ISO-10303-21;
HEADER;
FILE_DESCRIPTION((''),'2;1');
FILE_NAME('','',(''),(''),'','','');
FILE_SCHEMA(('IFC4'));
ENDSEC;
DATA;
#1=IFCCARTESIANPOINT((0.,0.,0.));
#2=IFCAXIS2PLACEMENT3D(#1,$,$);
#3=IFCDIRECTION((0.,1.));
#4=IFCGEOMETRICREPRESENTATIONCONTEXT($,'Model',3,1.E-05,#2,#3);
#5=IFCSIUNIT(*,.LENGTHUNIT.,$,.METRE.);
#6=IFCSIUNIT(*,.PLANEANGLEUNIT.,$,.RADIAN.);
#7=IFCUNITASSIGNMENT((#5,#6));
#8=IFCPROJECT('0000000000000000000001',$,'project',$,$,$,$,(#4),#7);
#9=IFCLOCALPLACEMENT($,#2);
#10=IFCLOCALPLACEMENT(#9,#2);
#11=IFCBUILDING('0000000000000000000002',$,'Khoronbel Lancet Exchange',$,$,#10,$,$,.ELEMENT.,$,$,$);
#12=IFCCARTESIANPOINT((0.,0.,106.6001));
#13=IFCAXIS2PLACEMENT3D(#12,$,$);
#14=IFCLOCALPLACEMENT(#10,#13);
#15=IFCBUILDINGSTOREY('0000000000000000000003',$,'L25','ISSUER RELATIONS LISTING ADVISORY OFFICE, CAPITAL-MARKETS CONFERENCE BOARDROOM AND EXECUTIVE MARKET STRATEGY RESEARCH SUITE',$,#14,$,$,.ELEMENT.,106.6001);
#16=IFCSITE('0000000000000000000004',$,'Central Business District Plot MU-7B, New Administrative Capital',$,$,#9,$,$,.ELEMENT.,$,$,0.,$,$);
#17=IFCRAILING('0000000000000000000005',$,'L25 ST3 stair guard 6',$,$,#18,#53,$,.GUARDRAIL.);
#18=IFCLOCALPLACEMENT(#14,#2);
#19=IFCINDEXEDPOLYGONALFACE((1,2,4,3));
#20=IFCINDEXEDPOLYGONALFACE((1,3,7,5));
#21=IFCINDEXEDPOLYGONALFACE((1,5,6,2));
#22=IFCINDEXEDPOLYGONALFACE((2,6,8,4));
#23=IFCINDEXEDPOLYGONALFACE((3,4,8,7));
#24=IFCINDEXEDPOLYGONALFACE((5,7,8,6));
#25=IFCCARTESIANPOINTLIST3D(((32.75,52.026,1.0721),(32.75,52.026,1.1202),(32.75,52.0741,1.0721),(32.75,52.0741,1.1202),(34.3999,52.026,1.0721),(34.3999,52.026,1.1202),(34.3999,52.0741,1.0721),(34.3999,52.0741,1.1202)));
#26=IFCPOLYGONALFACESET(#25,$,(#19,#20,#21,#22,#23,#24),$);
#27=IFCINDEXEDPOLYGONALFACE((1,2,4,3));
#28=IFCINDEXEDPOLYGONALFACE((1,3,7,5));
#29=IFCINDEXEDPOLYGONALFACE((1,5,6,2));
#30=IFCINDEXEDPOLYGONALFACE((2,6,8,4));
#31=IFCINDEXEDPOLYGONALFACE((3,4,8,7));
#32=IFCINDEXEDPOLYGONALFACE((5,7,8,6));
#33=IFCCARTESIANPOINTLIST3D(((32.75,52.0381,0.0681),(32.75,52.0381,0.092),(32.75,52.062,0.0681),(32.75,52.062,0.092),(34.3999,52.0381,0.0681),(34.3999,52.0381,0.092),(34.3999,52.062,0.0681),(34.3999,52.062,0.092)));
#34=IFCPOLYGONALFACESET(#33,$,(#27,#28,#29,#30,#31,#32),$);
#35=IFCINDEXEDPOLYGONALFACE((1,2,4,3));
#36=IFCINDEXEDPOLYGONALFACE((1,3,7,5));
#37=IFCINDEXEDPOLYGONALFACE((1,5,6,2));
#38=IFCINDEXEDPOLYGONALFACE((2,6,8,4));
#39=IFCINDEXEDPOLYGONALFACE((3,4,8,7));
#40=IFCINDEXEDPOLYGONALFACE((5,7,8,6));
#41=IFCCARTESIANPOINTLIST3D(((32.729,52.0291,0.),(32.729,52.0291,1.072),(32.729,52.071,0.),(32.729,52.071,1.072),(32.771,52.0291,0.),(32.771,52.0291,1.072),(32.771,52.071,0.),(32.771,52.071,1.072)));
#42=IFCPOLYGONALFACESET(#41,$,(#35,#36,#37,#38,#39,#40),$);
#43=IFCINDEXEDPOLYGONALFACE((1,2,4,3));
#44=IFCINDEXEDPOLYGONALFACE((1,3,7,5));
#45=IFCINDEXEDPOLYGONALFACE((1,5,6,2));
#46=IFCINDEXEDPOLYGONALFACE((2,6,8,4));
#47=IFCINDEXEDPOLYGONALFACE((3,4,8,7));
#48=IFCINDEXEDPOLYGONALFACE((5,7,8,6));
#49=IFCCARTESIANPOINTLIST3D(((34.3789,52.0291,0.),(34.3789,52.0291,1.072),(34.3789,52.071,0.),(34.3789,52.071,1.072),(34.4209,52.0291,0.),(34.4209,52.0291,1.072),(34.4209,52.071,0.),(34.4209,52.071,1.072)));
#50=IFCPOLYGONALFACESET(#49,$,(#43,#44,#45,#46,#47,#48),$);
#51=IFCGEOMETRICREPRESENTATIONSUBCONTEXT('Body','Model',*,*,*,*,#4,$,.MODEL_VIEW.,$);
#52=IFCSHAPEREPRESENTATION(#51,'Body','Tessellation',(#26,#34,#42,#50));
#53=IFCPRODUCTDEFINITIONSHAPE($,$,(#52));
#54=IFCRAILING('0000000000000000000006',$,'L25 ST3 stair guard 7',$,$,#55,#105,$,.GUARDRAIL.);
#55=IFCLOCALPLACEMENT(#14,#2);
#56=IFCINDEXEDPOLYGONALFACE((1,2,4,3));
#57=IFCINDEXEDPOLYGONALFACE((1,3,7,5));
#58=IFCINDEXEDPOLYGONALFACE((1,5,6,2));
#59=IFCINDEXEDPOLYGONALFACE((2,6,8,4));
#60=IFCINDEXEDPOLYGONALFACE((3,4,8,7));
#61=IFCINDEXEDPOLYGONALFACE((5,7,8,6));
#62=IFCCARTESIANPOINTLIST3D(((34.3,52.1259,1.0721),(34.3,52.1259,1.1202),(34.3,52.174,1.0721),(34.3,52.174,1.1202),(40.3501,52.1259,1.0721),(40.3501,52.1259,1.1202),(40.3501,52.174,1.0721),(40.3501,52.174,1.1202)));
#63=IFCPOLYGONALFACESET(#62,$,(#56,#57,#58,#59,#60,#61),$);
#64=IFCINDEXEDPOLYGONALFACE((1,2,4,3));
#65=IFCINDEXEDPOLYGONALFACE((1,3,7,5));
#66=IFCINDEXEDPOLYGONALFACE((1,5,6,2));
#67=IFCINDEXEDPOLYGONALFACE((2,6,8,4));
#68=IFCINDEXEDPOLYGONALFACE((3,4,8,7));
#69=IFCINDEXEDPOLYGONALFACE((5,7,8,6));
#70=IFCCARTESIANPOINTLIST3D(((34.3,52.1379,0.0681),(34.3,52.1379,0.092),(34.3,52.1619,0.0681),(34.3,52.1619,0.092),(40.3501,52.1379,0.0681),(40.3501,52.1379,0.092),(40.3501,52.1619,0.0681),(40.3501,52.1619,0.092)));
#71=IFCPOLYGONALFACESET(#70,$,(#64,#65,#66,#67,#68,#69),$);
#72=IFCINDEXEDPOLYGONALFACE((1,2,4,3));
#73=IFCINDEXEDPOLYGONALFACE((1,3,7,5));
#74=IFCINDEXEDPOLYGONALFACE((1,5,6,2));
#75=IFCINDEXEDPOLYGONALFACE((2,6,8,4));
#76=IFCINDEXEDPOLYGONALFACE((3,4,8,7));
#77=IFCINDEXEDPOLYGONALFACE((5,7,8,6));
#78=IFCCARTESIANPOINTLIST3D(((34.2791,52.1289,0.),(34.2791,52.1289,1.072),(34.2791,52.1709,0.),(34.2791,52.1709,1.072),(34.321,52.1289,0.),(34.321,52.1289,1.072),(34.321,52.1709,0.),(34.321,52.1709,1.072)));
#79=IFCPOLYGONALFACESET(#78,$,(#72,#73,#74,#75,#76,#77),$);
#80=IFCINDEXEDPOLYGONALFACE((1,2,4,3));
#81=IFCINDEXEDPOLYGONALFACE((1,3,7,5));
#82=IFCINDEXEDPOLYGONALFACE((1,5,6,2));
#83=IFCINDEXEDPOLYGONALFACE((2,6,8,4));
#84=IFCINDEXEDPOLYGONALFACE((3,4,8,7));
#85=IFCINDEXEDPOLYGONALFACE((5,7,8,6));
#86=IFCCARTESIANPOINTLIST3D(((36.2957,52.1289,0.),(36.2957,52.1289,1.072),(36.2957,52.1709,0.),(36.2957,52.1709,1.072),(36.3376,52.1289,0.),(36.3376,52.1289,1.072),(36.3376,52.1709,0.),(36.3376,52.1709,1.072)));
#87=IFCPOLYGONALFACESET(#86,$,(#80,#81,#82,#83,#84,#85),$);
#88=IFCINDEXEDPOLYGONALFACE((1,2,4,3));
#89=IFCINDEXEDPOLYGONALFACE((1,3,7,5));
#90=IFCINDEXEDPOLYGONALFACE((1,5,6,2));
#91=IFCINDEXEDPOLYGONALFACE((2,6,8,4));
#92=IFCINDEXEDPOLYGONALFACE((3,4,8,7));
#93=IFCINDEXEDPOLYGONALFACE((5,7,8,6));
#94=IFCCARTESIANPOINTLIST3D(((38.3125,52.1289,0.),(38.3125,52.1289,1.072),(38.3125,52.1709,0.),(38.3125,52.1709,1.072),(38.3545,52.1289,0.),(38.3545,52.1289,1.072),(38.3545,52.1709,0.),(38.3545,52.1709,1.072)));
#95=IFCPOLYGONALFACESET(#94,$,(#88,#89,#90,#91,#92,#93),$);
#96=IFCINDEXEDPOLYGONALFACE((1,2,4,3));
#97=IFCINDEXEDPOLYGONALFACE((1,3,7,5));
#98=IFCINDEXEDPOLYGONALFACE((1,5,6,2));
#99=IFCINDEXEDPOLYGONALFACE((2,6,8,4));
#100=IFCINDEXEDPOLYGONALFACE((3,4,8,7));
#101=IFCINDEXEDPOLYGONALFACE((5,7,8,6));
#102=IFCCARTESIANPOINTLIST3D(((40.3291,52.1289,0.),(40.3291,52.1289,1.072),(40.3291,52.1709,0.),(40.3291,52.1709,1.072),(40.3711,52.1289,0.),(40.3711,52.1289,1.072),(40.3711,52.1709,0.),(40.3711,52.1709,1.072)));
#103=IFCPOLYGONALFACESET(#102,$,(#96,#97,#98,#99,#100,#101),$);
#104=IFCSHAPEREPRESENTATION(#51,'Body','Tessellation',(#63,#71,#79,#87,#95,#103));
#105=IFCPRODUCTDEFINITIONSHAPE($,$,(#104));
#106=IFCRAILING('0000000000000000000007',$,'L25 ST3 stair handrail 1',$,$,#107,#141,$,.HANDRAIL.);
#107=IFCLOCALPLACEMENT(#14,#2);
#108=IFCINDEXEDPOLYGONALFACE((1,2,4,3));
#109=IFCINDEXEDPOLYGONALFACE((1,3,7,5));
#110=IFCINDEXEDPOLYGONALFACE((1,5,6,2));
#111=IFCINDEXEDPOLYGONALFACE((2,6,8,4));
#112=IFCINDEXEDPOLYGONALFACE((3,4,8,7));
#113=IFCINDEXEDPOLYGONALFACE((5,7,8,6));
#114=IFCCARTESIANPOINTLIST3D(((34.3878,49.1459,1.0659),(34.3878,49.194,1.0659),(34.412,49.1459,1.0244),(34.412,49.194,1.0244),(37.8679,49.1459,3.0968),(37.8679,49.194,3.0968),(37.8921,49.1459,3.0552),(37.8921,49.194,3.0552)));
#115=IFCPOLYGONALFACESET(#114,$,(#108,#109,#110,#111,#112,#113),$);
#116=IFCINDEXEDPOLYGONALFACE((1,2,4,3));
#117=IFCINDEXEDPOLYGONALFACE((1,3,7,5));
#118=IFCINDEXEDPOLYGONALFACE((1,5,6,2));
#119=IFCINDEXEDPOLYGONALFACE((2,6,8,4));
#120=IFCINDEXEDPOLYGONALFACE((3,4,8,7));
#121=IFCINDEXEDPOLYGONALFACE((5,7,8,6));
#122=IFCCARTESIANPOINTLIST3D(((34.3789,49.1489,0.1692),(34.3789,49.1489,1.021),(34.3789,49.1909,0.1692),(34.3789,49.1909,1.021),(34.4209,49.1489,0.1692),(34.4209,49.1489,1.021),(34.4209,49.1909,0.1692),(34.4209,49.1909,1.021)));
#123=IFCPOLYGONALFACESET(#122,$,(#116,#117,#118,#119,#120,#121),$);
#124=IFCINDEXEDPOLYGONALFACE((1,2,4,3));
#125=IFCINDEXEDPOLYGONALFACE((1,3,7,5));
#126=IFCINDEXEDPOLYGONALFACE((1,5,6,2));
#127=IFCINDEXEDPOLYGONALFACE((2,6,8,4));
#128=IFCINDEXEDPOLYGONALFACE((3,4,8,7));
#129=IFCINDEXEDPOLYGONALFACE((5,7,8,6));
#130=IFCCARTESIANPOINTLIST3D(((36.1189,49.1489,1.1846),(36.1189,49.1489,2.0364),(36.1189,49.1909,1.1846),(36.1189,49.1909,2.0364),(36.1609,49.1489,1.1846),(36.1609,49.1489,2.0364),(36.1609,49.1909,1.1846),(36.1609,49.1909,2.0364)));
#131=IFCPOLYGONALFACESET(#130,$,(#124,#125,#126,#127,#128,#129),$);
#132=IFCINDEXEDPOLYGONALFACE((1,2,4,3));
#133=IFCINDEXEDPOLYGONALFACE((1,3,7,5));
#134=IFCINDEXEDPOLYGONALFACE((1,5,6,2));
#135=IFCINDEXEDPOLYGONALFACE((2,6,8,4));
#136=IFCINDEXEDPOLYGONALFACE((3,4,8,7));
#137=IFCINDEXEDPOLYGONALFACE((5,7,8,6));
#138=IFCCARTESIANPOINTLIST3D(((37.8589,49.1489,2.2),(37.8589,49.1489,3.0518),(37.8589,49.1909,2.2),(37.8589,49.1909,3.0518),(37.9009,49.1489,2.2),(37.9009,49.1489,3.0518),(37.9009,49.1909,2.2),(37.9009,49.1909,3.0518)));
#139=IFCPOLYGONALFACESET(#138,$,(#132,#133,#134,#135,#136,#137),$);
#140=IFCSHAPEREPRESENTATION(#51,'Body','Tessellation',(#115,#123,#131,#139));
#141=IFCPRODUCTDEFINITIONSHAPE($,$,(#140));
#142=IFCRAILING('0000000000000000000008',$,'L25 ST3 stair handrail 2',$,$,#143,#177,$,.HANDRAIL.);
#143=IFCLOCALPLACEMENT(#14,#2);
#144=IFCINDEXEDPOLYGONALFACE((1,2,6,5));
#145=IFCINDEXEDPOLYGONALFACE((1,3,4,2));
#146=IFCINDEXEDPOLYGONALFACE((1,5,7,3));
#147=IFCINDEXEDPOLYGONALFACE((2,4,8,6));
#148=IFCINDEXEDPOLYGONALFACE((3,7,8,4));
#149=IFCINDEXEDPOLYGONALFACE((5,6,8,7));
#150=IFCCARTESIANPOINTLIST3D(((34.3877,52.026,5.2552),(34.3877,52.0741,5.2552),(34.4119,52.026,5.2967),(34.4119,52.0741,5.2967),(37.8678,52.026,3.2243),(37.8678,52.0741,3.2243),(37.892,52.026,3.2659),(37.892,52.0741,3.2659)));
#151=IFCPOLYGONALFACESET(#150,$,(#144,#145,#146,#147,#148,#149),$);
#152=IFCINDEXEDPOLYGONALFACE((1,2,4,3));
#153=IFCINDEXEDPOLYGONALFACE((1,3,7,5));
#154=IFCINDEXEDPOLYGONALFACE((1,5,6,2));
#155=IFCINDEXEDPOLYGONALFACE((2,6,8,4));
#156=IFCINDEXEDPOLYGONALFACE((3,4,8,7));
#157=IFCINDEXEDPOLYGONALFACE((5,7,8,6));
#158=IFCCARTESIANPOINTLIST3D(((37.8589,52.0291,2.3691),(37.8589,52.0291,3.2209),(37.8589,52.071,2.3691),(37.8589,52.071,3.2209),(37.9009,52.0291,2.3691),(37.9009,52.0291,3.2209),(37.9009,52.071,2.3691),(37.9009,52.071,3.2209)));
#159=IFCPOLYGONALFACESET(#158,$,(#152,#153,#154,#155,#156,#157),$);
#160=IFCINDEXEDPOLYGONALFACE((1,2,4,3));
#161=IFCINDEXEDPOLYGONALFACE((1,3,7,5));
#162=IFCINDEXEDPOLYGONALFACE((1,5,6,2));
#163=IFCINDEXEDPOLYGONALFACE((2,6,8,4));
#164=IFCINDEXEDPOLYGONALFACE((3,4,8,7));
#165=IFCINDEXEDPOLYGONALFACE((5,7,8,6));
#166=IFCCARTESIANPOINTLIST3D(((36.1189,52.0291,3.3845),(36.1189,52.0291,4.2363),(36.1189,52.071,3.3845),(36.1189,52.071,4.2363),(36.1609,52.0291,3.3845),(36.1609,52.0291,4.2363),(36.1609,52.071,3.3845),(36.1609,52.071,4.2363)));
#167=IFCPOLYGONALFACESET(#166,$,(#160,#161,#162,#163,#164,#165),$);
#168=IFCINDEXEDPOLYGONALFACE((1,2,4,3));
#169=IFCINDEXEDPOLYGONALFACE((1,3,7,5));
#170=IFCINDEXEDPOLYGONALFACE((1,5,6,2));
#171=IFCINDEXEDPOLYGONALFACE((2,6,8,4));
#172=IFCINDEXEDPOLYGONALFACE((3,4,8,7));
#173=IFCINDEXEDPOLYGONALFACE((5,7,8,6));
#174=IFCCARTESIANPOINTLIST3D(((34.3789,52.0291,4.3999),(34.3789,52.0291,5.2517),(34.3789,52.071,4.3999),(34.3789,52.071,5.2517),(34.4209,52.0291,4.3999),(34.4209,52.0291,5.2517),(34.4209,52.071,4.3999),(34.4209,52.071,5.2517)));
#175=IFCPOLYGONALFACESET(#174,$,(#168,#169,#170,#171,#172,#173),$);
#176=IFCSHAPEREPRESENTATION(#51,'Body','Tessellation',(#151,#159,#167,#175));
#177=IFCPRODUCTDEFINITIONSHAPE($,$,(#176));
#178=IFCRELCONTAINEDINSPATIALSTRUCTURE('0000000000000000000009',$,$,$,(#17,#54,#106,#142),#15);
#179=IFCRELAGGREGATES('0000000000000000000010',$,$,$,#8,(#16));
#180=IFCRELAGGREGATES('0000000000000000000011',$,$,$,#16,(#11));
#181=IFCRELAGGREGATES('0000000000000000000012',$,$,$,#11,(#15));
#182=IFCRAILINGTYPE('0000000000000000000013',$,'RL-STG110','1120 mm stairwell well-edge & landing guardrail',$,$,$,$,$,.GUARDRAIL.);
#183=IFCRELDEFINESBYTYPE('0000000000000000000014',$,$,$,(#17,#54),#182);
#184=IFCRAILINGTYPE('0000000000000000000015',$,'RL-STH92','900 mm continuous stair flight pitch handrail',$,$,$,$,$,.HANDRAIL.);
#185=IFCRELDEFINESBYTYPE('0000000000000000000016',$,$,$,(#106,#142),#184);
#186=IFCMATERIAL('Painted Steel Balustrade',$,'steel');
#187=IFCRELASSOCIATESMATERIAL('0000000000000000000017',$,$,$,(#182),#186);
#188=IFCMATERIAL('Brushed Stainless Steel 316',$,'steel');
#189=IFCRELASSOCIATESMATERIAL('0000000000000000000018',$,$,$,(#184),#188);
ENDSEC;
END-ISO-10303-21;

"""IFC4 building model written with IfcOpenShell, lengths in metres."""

from ifc_helpers import new_model, si_unit, direction, frame, origin, origin_2d, place, context, subcontext, project, spatial, rectangle, extrude, material, type_object, element, save


model = new_model("IFC4")

# Units and contexts
model_context = context("Model", 3, precision=1e-05, world=origin(), true_north=direction((0.0, 1.0)))
body_context = subcontext(model_context, "Body", "Model", "MODEL_VIEW")
ifc_project = project(units=[si_unit("LENGTHUNIT", "METRE"), si_unit("PLANEANGLEUNIT", "RADIAN")], contexts=[model_context])

# Site, building, storey
site_placement = place(None, origin())
site = spatial("IfcSite", under=ifc_project, at=site_placement, Name="Central Business District Plot MU-7B, New Administrative Capital", CompositionType="ELEMENT", RefElevation=0.0)
building_placement = place(site_placement, origin())
building = spatial("IfcBuilding", under=site, at=building_placement, Name="Khoronbel Lancet Exchange", CompositionType="ELEMENT")
storey_placement = place(building_placement, frame((0.0, 0.0, 106.6001)))
storey = spatial("IfcBuildingStorey", under=building, at=storey_placement, Name="L25", Description="ISSUER RELATIONS LISTING ADVISORY OFFICE, CAPITAL-MARKETS CONFERENCE BOARDROOM AND EXECUTIVE MARKET STRATEGY RESEARCH SUITE", CompositionType="ELEMENT", Elevation=106.6001)

# Railings
ifc_material_1 = material(Name="Painted Steel Balustrade", Category="steel")
railing_type_1 = type_object("IfcRailingType", Name="RL-STG110", Description="1120 mm stairwell well-edge & landing guardrail", PredefinedType="GUARDRAIL", material=ifc_material_1)
railing_1_placement = place(storey_placement, frame((32.75, 52.05, 0.0)))
element("IfcRailing", 1, at=railing_1_placement, inside=storey, type_object=railing_type_1, Name="L25 ST3 stair guard 6", PredefinedType="GUARDRAIL", context=body_context, shape_type="SweptSolid", body=[
    extrude(rectangle(XDim=0.0481, YDim=0.0481, at=origin_2d()), frame((0.0, 0.0, 1.0962), z_axis=(1.0, 0.0, 0.0), x_axis=(0.0, 1.0, 0.0)), (0.0, 0.0, 1.0), 1.6499),
    extrude(rectangle(XDim=0.0239, YDim=0.0239, at=origin_2d()), frame((0.0, 0.0, 0.0801), z_axis=(1.0, 0.0, 0.0), x_axis=(0.0, 1.0, 0.0)), (0.0, 0.0, 1.0), 1.6499),
    extrude(rectangle(XDim=0.042, YDim=0.042, at=origin_2d()), origin(), (0.0, 0.0, 1.0), 1.072),
    extrude(rectangle(XDim=0.042, YDim=0.042, at=origin_2d()), frame((1.6499, 0.0, 0.0)), (0.0, 0.0, 1.0), 1.072),
])
railing_2_placement = place(storey_placement, frame((34.3, 52.1499, 0.0)))
element("IfcRailing", 2, at=railing_2_placement, inside=storey, type_object=railing_type_1, Name="L25 ST3 stair guard 7", PredefinedType="GUARDRAIL", context=body_context, shape_type="SweptSolid", body=[
    extrude(rectangle(XDim=0.0481, YDim=0.0481, at=origin_2d()), frame((0.0, 0.0, 1.0962), z_axis=(1.0, 0.0, 0.0), x_axis=(0.0, 1.0, 0.0)), (0.0, 0.0, 1.0), 6.05),
    extrude(rectangle(XDim=0.0239, YDim=0.0239, at=origin_2d()), frame((0.0, 0.0, 0.0801), z_axis=(1.0, 0.0, 0.0), x_axis=(0.0, 1.0, 0.0)), (0.0, 0.0, 1.0), 6.05),
    extrude(rectangle(XDim=0.042, YDim=0.042, at=origin_2d()), origin(), (0.0, 0.0, 1.0), 1.072),
    extrude(rectangle(XDim=0.042, YDim=0.042, at=origin_2d()), frame((2.0166, 0.0, 0.0)), (0.0, 0.0, 1.0), 1.072),
    extrude(rectangle(XDim=0.042, YDim=0.042, at=origin_2d()), frame((4.0334, 0.0, 0.0)), (0.0, 0.0, 1.0), 1.072),
    extrude(rectangle(XDim=0.042, YDim=0.042, at=origin_2d()), frame((6.05, 0.0, 0.0)), (0.0, 0.0, 1.0), 1.072),
])
ifc_material_2 = material(Name="Brushed Stainless Steel 316", Category="steel")
railing_type_2 = type_object("IfcRailingType", Name="RL-STH92", Description="900 mm continuous stair flight pitch handrail", PredefinedType="HANDRAIL", material=ifc_material_2)
railing_3_placement = place(storey_placement, frame((34.3999, 49.1699, 0.1692)))
element("IfcRailing", 3, at=railing_3_placement, inside=storey, type_object=railing_type_2, Name="L25 ST3 stair handrail 1", PredefinedType="HANDRAIL", context=body_context, shape_type="SweptSolid", body=[
    extrude(rectangle(XDim=0.0481, YDim=0.0481, at=origin_2d()), frame((0.0, 0.0, 0.876), z_axis=(0.863695, 0.0, 0.504014), x_axis=(0.0, 1.0, 0.0)), (0.0, 0.0, 1.0), 4.0293),
    extrude(rectangle(XDim=0.042, YDim=0.042, at=origin_2d()), origin(), (0.0, 0.0, 1.0), 0.8518),
    extrude(rectangle(XDim=0.042, YDim=0.042, at=origin_2d()), frame((1.74, 0.0, 1.0154)), (0.0, 0.0, 1.0), 0.8518),
    extrude(rectangle(XDim=0.042, YDim=0.042, at=origin_2d()), frame((3.48, 0.0, 2.0308)), (0.0, 0.0, 1.0), 0.8518),
])
railing_4_placement = place(storey_placement, frame((37.8799, 52.05, 2.3691)))
element("IfcRailing", 4, at=railing_4_placement, inside=storey, type_object=railing_type_2, Name="L25 ST3 stair handrail 2", PredefinedType="HANDRAIL", context=body_context, shape_type="SweptSolid", body=[
    extrude(rectangle(XDim=0.0481, YDim=0.0481, at=origin_2d()), frame((0.0, 0.0, 0.876), z_axis=(-0.863695, 0.0, 0.504014), x_axis=(0.0, -1.0, 0.0)), (0.0, 0.0, 1.0), 4.0293),
    extrude(rectangle(XDim=0.042, YDim=0.042, at=origin_2d()), origin(), (0.0, 0.0, 1.0), 0.8518),
    extrude(rectangle(XDim=0.042, YDim=0.042, at=origin_2d()), frame((-1.74, 0.0, 1.0154)), (0.0, 0.0, 1.0), 0.8518),
    extrude(rectangle(XDim=0.042, YDim=0.042, at=origin_2d()), frame((-3.48, 0.0, 2.0308)), (0.0, 0.0, 1.0), 0.8518),
])

save(model, "model.ifc")
